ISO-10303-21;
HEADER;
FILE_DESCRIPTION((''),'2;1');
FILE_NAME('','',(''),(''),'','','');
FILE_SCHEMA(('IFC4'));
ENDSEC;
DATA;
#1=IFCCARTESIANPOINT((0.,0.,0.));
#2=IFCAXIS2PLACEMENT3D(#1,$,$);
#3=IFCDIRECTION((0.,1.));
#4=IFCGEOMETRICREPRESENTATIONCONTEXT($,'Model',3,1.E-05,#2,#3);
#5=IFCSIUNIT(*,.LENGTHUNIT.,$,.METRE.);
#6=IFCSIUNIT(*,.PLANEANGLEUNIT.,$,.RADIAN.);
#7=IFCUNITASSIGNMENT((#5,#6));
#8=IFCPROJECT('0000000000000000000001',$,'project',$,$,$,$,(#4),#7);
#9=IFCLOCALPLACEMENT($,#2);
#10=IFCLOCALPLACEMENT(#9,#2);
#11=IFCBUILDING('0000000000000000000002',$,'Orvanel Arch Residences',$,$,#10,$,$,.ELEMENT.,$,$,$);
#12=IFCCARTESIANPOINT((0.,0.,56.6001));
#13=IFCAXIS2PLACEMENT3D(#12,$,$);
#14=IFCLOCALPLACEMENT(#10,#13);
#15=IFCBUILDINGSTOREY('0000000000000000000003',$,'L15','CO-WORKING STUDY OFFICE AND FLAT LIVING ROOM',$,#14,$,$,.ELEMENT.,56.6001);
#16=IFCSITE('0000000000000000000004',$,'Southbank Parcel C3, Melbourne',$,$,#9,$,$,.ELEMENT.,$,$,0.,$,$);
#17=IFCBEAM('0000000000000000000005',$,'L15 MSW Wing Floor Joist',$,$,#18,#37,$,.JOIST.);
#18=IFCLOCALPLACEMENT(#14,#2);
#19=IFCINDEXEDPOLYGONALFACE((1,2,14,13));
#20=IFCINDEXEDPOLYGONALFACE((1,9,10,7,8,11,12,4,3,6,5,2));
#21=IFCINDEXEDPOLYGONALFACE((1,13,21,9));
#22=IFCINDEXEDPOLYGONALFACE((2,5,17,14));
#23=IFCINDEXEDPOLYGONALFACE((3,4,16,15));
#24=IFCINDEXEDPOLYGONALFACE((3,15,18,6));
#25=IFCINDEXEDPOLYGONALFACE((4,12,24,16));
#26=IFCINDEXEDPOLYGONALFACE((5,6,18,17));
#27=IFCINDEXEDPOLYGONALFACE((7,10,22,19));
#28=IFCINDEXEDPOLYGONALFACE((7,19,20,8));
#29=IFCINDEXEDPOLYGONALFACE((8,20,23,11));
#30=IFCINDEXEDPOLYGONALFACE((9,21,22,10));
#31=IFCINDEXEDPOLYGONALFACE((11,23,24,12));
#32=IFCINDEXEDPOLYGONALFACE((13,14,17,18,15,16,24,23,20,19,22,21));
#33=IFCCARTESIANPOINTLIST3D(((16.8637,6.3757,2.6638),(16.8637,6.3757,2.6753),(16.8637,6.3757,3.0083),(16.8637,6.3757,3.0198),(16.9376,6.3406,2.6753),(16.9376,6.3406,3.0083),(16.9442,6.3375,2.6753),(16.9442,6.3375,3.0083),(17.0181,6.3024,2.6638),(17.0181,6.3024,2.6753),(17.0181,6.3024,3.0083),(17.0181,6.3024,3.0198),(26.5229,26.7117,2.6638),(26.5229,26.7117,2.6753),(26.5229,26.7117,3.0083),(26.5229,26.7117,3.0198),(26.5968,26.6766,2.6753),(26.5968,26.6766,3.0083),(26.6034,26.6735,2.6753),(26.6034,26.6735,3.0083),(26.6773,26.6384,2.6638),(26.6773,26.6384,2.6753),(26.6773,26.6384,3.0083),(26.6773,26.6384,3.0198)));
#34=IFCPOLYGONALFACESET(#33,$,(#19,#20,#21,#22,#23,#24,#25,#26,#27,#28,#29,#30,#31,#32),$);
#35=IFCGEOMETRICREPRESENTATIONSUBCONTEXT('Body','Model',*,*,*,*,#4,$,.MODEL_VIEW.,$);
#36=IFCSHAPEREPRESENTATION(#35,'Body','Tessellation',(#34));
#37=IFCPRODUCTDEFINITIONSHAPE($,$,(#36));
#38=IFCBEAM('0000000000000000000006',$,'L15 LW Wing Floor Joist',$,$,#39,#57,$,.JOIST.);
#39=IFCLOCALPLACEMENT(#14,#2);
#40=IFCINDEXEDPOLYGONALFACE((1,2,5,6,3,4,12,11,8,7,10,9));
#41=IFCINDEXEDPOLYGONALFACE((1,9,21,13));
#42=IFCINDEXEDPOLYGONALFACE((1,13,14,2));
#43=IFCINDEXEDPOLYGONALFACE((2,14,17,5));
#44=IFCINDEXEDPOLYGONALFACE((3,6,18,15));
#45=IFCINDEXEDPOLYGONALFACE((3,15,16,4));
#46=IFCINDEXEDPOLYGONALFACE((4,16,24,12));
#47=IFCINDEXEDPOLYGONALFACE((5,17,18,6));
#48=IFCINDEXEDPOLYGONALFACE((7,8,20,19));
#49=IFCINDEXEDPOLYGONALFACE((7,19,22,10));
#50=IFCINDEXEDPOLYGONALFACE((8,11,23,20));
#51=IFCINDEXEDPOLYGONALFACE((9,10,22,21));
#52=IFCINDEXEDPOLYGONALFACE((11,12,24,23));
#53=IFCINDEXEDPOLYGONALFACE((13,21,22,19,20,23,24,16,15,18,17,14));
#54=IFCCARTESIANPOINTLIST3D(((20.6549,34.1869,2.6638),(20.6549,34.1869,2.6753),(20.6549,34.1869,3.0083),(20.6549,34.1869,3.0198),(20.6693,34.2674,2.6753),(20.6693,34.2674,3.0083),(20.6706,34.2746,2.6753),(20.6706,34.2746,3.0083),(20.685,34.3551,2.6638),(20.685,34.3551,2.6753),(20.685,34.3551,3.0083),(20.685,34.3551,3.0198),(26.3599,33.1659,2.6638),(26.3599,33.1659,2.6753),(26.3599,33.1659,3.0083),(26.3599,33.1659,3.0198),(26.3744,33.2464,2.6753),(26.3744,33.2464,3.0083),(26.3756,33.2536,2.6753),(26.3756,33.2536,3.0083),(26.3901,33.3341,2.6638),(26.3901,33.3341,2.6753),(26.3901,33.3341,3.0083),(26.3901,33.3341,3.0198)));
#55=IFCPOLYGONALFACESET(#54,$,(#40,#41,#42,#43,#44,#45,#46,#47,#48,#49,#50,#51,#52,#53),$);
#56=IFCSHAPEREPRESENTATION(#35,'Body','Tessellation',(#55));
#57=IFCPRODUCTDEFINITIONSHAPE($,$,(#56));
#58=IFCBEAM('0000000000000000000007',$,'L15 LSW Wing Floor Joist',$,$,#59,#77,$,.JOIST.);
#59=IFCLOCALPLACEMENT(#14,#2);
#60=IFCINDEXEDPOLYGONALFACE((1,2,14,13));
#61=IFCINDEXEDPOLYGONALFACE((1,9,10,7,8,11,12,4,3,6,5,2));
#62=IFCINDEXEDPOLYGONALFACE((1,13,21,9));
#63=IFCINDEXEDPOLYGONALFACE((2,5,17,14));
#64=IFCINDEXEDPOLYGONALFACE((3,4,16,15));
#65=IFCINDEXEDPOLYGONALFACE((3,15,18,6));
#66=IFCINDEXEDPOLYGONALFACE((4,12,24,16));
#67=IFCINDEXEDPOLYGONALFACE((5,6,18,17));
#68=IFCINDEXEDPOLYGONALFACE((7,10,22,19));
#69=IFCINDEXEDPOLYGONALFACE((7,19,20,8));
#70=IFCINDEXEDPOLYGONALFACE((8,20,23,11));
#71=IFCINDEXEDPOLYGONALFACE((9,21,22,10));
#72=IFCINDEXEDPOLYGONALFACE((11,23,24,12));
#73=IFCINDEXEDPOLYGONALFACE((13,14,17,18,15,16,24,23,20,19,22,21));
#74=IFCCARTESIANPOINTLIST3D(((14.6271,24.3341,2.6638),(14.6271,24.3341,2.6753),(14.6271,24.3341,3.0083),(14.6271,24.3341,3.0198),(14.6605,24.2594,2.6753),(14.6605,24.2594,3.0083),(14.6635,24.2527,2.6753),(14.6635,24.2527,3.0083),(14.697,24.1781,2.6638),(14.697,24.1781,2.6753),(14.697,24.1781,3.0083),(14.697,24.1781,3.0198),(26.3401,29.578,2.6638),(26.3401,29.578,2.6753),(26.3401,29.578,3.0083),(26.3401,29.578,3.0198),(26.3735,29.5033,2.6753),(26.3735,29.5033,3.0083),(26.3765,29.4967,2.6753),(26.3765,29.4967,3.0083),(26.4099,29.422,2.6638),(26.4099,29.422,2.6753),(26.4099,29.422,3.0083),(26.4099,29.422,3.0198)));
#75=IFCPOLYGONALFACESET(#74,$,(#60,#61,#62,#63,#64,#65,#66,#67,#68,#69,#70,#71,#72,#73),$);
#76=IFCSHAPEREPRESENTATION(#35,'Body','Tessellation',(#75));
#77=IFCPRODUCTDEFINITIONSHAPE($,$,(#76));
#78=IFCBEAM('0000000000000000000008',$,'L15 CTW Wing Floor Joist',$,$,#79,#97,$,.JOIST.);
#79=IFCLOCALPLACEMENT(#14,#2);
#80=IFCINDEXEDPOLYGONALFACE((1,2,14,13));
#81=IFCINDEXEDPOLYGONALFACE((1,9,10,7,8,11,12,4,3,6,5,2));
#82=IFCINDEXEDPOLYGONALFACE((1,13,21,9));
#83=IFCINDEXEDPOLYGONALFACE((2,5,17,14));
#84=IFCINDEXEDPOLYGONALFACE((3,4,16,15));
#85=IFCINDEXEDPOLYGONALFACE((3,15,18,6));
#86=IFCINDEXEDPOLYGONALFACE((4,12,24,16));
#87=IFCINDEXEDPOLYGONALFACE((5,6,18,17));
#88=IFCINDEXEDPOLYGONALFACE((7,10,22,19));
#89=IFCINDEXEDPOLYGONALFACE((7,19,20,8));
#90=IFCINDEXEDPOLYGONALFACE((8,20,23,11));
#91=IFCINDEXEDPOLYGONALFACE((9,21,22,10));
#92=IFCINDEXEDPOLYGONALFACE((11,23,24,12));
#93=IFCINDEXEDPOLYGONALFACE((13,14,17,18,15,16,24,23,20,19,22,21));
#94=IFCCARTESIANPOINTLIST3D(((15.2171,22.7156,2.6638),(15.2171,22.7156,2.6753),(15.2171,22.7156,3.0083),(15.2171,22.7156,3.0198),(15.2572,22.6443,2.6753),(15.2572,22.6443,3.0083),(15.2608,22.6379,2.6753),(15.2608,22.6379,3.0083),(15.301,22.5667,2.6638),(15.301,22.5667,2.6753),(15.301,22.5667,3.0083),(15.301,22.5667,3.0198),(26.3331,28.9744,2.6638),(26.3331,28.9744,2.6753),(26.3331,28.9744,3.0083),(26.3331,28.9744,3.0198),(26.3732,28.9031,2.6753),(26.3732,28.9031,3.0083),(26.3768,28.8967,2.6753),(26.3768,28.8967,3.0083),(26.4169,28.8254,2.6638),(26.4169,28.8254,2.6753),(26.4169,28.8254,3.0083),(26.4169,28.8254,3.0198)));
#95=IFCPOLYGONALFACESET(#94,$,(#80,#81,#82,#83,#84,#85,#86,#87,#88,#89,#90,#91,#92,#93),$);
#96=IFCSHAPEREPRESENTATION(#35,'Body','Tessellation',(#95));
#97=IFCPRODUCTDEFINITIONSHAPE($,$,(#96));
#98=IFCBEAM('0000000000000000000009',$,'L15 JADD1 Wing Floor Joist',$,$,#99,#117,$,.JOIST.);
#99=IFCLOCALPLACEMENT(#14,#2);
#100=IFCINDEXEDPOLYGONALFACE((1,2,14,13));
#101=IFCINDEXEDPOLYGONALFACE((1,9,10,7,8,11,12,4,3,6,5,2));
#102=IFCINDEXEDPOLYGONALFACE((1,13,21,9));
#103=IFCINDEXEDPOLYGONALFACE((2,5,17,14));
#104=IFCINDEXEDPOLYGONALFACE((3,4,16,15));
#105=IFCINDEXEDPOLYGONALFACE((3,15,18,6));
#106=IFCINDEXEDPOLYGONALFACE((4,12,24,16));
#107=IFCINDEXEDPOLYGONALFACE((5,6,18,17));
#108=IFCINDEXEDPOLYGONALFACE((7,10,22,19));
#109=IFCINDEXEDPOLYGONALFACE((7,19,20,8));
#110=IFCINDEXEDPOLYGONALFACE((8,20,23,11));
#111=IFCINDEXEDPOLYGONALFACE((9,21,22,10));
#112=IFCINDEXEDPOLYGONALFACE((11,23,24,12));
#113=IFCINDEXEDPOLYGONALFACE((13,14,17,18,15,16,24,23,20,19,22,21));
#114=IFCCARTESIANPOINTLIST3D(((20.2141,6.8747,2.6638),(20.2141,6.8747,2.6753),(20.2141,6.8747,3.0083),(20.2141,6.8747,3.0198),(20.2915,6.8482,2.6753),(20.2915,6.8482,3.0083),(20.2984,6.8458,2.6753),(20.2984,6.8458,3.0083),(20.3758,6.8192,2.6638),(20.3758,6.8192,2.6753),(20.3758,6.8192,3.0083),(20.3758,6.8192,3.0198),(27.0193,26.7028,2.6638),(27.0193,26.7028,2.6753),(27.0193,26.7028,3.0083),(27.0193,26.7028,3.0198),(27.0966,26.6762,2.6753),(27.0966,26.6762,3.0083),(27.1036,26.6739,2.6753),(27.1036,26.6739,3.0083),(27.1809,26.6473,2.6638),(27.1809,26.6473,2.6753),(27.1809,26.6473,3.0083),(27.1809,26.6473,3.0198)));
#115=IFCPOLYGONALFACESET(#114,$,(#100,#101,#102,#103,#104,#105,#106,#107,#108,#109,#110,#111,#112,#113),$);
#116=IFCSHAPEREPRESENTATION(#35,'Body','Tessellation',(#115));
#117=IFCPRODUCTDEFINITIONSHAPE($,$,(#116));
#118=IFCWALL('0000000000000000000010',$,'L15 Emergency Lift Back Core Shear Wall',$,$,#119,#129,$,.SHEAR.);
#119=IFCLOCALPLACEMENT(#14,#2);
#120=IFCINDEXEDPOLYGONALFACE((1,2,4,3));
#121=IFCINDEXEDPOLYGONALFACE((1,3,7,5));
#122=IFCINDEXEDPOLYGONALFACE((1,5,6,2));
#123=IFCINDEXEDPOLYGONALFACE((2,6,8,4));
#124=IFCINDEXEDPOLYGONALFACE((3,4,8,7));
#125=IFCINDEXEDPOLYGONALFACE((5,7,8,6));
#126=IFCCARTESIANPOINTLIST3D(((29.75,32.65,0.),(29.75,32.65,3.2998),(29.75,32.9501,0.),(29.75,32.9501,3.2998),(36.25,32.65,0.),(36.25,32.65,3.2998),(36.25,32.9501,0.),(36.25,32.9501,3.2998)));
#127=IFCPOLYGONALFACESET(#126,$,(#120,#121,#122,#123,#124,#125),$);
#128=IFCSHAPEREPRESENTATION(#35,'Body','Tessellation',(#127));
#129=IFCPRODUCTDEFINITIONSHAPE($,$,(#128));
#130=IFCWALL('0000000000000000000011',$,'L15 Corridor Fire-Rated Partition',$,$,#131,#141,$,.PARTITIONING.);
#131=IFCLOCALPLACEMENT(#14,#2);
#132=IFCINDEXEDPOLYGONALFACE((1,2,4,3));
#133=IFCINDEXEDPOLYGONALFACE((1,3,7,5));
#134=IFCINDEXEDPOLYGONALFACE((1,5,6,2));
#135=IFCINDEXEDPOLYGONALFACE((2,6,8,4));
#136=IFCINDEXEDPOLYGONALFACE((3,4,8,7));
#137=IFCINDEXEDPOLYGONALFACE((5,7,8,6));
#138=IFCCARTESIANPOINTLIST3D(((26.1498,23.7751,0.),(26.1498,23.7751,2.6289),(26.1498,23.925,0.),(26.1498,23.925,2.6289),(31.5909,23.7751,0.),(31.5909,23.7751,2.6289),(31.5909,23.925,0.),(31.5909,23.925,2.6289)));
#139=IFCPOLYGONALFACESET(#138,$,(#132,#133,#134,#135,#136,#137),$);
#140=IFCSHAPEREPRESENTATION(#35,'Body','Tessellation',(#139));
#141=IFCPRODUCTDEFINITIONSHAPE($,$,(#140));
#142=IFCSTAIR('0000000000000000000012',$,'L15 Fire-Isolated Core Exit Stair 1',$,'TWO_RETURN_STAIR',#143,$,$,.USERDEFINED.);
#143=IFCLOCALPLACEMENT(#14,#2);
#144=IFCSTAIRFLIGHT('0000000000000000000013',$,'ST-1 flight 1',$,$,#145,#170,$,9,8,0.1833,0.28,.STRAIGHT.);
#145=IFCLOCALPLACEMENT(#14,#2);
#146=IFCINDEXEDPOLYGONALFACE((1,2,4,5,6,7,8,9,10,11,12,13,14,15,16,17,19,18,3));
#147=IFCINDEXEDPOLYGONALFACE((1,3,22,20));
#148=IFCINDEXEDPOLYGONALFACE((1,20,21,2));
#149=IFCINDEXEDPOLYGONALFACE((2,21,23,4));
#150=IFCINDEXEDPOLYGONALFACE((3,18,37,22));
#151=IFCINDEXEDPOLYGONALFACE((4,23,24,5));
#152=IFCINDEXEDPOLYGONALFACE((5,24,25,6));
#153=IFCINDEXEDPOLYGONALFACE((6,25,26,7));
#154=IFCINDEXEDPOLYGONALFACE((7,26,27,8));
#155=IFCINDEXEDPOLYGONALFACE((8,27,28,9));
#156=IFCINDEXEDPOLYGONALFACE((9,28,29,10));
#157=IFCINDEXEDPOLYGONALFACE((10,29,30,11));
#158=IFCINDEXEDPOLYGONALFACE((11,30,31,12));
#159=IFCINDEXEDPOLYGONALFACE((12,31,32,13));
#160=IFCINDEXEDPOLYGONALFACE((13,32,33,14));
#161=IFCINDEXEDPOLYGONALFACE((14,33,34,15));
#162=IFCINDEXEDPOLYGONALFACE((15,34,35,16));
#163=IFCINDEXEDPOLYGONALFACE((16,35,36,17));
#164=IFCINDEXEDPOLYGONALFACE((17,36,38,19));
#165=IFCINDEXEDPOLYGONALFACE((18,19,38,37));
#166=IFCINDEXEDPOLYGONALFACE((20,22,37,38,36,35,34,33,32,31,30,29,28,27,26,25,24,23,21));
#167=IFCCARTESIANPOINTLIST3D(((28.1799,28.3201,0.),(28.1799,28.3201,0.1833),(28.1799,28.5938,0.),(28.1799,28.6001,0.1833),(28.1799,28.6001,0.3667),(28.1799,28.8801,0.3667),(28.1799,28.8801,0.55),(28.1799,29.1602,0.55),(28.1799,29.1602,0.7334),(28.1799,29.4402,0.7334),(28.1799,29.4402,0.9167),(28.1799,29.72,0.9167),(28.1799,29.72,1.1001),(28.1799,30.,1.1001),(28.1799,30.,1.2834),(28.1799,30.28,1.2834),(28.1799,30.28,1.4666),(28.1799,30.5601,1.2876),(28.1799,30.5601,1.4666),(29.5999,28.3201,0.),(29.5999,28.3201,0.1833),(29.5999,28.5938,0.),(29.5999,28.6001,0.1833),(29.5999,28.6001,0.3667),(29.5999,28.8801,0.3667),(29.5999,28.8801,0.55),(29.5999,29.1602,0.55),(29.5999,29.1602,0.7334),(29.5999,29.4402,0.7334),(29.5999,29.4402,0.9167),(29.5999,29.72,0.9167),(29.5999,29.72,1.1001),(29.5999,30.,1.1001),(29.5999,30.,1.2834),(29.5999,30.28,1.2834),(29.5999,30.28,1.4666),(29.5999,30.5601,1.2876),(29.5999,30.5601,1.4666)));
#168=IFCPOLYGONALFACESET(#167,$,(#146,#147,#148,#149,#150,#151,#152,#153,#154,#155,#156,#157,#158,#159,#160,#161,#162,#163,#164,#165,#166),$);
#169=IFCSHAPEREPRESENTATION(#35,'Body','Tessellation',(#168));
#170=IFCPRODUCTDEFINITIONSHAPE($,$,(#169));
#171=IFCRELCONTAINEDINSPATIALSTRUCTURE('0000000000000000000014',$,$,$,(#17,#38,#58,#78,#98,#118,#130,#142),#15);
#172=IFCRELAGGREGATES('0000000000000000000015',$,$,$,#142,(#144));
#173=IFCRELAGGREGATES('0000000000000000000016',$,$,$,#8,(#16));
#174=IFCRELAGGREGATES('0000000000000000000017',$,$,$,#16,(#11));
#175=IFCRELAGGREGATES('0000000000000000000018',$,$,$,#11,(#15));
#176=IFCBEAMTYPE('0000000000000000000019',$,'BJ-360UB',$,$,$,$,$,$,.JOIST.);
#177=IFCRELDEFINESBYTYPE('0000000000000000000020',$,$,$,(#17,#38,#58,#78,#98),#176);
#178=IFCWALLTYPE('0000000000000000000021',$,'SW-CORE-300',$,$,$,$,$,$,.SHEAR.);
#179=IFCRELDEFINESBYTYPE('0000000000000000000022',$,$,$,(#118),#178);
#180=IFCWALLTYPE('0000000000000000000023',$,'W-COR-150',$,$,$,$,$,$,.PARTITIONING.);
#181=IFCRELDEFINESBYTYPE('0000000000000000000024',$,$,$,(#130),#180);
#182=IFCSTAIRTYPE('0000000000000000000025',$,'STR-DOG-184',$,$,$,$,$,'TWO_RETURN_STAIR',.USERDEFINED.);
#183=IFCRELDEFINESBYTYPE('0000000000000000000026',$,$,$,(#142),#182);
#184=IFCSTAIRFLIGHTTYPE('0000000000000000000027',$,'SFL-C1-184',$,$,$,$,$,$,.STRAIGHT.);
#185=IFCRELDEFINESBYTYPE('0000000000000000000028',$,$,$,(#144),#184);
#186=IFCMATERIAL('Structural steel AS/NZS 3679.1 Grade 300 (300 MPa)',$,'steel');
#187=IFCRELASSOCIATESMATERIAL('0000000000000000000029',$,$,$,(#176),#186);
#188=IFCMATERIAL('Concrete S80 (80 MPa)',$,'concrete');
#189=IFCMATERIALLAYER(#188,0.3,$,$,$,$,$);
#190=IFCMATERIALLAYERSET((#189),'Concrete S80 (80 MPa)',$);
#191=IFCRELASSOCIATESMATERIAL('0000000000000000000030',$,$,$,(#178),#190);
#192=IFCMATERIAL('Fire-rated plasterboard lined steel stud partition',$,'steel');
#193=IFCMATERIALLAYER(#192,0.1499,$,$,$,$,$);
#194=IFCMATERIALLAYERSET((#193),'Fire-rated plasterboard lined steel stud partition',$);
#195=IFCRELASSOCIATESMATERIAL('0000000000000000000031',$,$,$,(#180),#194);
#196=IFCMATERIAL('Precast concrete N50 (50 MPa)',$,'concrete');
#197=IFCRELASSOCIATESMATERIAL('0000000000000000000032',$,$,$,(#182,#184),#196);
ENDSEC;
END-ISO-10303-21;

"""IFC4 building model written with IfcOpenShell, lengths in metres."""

from ifc_helpers import new_model, si_unit, direction, frame, frame_2d, origin, origin_2d, place, context, subcontext, project, spatial, polyline, rectangle, i_section, outline, extrude, material, layer, layer_set, material_profile, profile_set, type_object, element, aggregate, save


model = new_model("IFC4")

# Units and contexts
model_context = context("Model", 3, precision=1e-05, world=origin(), true_north=direction((0.0, 1.0)))
body_context = subcontext(model_context, "Body", "Model", "MODEL_VIEW")
ifc_project = project(units=[si_unit("LENGTHUNIT", "METRE"), si_unit("PLANEANGLEUNIT", "RADIAN")], contexts=[model_context])

# Site, building, storey
site_placement = place(None, origin())
site = spatial("IfcSite", under=ifc_project, at=site_placement, Name="Southbank Parcel C3, Melbourne", CompositionType="ELEMENT", RefElevation=0.0)
building_placement = place(site_placement, origin())
building = spatial("IfcBuilding", under=site, at=building_placement, Name="Orvanel Arch Residences", CompositionType="ELEMENT")
storey_placement = place(building_placement, frame((0.0, 0.0, 56.6001)))
storey = spatial("IfcBuildingStorey", under=building, at=storey_placement, Name="L15", Description="CO-WORKING STUDY OFFICE AND FLAT LIVING ROOM", CompositionType="ELEMENT", Elevation=56.6001)

# Beams
ifc_material_1 = material(Name="Structural steel AS/NZS 3679.1 Grade 300 (300 MPa)", Category="steel")
ifc_material_profile_1 = material_profile(ifc_material_1, i_section(OverallWidth=0.1709, OverallDepth=0.356, WebThickness=0.0073, FlangeThickness=0.0115, at=origin_2d()), Name="360UB50.7")
ifc_profile_set_1 = profile_set([ifc_material_profile_1], Name="Structural steel AS/NZS 3679.1 Grade 300 (300 MPa)")
beam_type_1 = type_object("IfcBeamType", Name="BJ-360UB", PredefinedType="JOIST", material=ifc_profile_set_1)
beam_1_placement = place(storey_placement, frame((26.6001, 26.675, 2.8418), z_axis=(-0.429043, -0.903284, 0.0), x_axis=(0.903284, -0.429043, 0.0)))
element("IfcBeam", 1, at=beam_1_placement, inside=storey, type_object=beam_type_1, Name="L15 MSW Wing Floor Joist", PredefinedType="JOIST", context=body_context, shape_type="SweptSolid", body=[
    extrude(i_section(OverallWidth=0.1709, OverallDepth=0.356, WebThickness=0.0073, FlangeThickness=0.0115, at=origin_2d()), origin(), (0.0, 0.0, 1.0), 22.5134),
])
beam_2_placement = place(storey_placement, frame((26.375, 33.25, 2.8418), z_axis=(-0.984361, 0.176164, 0.0), x_axis=(-0.176164, -0.984361, 0.0)))
element("IfcBeam", 2, at=beam_2_placement, inside=storey, type_object=beam_type_1, Name="L15 LW Wing Floor Joist", PredefinedType="JOIST", context=body_context, shape_type="SweptSolid", body=[
    extrude(i_section(OverallWidth=0.1709, OverallDepth=0.356, WebThickness=0.0073, FlangeThickness=0.0115, at=origin_2d()), origin(), (0.0, 0.0, 1.0), 5.7957),
])
beam_3_placement = place(storey_placement, frame((26.375, 29.5, 2.8418), z_axis=(-0.912704, -0.408621, 0.0), x_axis=(0.408621, -0.912704, 0.0)))
element("IfcBeam", 3, at=beam_3_placement, inside=storey, type_object=beam_type_1, Name="L15 LSW Wing Floor Joist", PredefinedType="JOIST", context=body_context, shape_type="SweptSolid", body=[
    extrude(i_section(OverallWidth=0.1709, OverallDepth=0.356, WebThickness=0.0073, FlangeThickness=0.0115, at=origin_2d()), origin(), (0.0, 0.0, 1.0), 12.8333),
])
beam_4_placement = place(storey_placement, frame((26.375, 28.8999, 2.8418), z_axis=(-0.871373, -0.490622, 0.0), x_axis=(0.490622, -0.871373, 0.0)))
element("IfcBeam", 4, at=beam_4_placement, inside=storey, type_object=beam_type_1, Name="L15 CTW Wing Floor Joist", PredefinedType="JOIST", context=body_context, shape_type="SweptSolid", body=[
    extrude(i_section(OverallWidth=0.1709, OverallDepth=0.356, WebThickness=0.0073, FlangeThickness=0.0115, at=origin_2d()), origin(), (0.0, 0.0, 1.0), 12.7568),
])
beam_5_placement = place(storey_placement, frame((27.1001, 26.675, 2.8418), z_axis=(-0.324621, -0.945844, 0.0), x_axis=(0.945844, -0.324621, 0.0)))
element("IfcBeam", 5, at=beam_5_placement, inside=storey, type_object=beam_type_1, Name="L15 JADD1 Wing Floor Joist", PredefinedType="JOIST", context=body_context, shape_type="SweptSolid", body=[
    extrude(i_section(OverallWidth=0.1709, OverallDepth=0.356, WebThickness=0.0073, FlangeThickness=0.0115, at=origin_2d()), origin(), (0.0, 0.0, 1.0), 20.9634),
])

# Shared definitions
ifc_material_2 = material(Name="Concrete S80 (80 MPa)", Category="concrete")
ifc_layer_1 = layer(ifc_material_2, 0.3)
ifc_layer_set_1 = layer_set([ifc_layer_1], Name="Concrete S80 (80 MPa)")
wall_type_1 = type_object("IfcWallType", Name="SW-CORE-300", PredefinedType="SHEAR", material=ifc_layer_set_1)

# Walls
wall_1_placement = place(storey_placement, frame((29.75, 32.8, 0.0), z_axis=(0.0, 0.0, 1.0), x_axis=(1.0, 0.0, 0.0)))
element("IfcWall", 6, at=wall_1_placement, inside=storey, type_object=wall_type_1, Name="L15 Emergency Lift Back Core Shear Wall", PredefinedType="SHEAR", context=body_context, shape_type="SweptSolid", body=[
    extrude(rectangle(XDim=6.5, YDim=0.3, at=frame_2d((3.25, 0.0))), origin(), (0.0, 0.0, 1.0), 3.2998),
])
ifc_material_3 = material(Name="Fire-rated plasterboard lined steel stud partition", Category="steel")
ifc_layer_2 = layer(ifc_material_3, 0.1499)
ifc_layer_set_2 = layer_set([ifc_layer_2], Name="Fire-rated plasterboard lined steel stud partition")
wall_type_2 = type_object("IfcWallType", Name="W-COR-150", PredefinedType="PARTITIONING", material=ifc_layer_set_2)
wall_2_placement = place(storey_placement, frame((31.5911, 23.8501, 0.0), z_axis=(0.0, 0.0, 1.0), x_axis=(-1.0, 0.0, 0.0)))
element("IfcWall", 7, at=wall_2_placement, inside=storey, type_object=wall_type_2, Name="L15 Corridor Fire-Rated Partition", PredefinedType="PARTITIONING", context=body_context, shape_type="SweptSolid", body=[
    extrude(rectangle(XDim=5.4412, YDim=0.1499, at=frame_2d((2.7207, 0.0))), origin(), (0.0, 0.0, 1.0), 2.6289),
])

# Stair, stair flight
ifc_material_4 = material(Name="Precast concrete N50 (50 MPa)", Category="concrete")
stair_type = type_object("IfcStairType", Name="STR-DOG-184", ElementType="TWO_RETURN_STAIR", PredefinedType="USERDEFINED", material=ifc_material_4)
stair_placement = place(storey_placement, origin())
stair = element("IfcStair", 8, at=stair_placement, inside=storey, type_object=stair_type, Name="L15 Fire-Isolated Core Exit Stair 1", ObjectType="TWO_RETURN_STAIR", PredefinedType="USERDEFINED")
stair_flight_type = type_object("IfcStairFlightType", Name="SFL-C1-184", PredefinedType="STRAIGHT", material=ifc_material_4)
stair_flight_1_placement = place(storey_placement, frame((28.8899, 28.3201, 0.0), z_axis=(0.0, 0.0, 1.0), x_axis=(0.0, 1.0, 0.0)))
stair_flight_1 = element("IfcStairFlight", 9, at=stair_flight_1_placement, type_object=stair_flight_type, Name="ST-1 flight 1", NumberOfRisers=9, NumberOfTreads=8, PredefinedType="STRAIGHT", RiserHeight=0.1833, TreadLength=0.28, context=body_context, shape_type="SweptSolid", body=[
    extrude(outline(polyline([(0.0, 0.0), (0.0, 0.1833), (0.28, 0.1833), (0.28, 0.3667), (0.5601, 0.3667), (0.5601, 0.55), (0.8401, 0.55), (0.8401, 0.7334), (1.1201, 0.7334), (1.1201, 0.9167), (1.3999, 0.9167), (1.3999, 1.1001), (1.6799, 1.1001), (1.6799, 1.2834), (1.96, 1.2834), (1.96, 1.4666), (2.24, 1.4666), (2.24, 1.6499), (2.24, 1.2876), (0.2737, 0.0), (0.0, 0.0)])), frame((0.0, 0.71, 0.0), z_axis=(0.0, -1.0, 0.0), x_axis=(1.0, 0.0, 0.0)), (0.0, 0.0, 1.0), 1.4199),
])
aggregate(stair, [stair_flight_1])

save(model, "model.ifc")
